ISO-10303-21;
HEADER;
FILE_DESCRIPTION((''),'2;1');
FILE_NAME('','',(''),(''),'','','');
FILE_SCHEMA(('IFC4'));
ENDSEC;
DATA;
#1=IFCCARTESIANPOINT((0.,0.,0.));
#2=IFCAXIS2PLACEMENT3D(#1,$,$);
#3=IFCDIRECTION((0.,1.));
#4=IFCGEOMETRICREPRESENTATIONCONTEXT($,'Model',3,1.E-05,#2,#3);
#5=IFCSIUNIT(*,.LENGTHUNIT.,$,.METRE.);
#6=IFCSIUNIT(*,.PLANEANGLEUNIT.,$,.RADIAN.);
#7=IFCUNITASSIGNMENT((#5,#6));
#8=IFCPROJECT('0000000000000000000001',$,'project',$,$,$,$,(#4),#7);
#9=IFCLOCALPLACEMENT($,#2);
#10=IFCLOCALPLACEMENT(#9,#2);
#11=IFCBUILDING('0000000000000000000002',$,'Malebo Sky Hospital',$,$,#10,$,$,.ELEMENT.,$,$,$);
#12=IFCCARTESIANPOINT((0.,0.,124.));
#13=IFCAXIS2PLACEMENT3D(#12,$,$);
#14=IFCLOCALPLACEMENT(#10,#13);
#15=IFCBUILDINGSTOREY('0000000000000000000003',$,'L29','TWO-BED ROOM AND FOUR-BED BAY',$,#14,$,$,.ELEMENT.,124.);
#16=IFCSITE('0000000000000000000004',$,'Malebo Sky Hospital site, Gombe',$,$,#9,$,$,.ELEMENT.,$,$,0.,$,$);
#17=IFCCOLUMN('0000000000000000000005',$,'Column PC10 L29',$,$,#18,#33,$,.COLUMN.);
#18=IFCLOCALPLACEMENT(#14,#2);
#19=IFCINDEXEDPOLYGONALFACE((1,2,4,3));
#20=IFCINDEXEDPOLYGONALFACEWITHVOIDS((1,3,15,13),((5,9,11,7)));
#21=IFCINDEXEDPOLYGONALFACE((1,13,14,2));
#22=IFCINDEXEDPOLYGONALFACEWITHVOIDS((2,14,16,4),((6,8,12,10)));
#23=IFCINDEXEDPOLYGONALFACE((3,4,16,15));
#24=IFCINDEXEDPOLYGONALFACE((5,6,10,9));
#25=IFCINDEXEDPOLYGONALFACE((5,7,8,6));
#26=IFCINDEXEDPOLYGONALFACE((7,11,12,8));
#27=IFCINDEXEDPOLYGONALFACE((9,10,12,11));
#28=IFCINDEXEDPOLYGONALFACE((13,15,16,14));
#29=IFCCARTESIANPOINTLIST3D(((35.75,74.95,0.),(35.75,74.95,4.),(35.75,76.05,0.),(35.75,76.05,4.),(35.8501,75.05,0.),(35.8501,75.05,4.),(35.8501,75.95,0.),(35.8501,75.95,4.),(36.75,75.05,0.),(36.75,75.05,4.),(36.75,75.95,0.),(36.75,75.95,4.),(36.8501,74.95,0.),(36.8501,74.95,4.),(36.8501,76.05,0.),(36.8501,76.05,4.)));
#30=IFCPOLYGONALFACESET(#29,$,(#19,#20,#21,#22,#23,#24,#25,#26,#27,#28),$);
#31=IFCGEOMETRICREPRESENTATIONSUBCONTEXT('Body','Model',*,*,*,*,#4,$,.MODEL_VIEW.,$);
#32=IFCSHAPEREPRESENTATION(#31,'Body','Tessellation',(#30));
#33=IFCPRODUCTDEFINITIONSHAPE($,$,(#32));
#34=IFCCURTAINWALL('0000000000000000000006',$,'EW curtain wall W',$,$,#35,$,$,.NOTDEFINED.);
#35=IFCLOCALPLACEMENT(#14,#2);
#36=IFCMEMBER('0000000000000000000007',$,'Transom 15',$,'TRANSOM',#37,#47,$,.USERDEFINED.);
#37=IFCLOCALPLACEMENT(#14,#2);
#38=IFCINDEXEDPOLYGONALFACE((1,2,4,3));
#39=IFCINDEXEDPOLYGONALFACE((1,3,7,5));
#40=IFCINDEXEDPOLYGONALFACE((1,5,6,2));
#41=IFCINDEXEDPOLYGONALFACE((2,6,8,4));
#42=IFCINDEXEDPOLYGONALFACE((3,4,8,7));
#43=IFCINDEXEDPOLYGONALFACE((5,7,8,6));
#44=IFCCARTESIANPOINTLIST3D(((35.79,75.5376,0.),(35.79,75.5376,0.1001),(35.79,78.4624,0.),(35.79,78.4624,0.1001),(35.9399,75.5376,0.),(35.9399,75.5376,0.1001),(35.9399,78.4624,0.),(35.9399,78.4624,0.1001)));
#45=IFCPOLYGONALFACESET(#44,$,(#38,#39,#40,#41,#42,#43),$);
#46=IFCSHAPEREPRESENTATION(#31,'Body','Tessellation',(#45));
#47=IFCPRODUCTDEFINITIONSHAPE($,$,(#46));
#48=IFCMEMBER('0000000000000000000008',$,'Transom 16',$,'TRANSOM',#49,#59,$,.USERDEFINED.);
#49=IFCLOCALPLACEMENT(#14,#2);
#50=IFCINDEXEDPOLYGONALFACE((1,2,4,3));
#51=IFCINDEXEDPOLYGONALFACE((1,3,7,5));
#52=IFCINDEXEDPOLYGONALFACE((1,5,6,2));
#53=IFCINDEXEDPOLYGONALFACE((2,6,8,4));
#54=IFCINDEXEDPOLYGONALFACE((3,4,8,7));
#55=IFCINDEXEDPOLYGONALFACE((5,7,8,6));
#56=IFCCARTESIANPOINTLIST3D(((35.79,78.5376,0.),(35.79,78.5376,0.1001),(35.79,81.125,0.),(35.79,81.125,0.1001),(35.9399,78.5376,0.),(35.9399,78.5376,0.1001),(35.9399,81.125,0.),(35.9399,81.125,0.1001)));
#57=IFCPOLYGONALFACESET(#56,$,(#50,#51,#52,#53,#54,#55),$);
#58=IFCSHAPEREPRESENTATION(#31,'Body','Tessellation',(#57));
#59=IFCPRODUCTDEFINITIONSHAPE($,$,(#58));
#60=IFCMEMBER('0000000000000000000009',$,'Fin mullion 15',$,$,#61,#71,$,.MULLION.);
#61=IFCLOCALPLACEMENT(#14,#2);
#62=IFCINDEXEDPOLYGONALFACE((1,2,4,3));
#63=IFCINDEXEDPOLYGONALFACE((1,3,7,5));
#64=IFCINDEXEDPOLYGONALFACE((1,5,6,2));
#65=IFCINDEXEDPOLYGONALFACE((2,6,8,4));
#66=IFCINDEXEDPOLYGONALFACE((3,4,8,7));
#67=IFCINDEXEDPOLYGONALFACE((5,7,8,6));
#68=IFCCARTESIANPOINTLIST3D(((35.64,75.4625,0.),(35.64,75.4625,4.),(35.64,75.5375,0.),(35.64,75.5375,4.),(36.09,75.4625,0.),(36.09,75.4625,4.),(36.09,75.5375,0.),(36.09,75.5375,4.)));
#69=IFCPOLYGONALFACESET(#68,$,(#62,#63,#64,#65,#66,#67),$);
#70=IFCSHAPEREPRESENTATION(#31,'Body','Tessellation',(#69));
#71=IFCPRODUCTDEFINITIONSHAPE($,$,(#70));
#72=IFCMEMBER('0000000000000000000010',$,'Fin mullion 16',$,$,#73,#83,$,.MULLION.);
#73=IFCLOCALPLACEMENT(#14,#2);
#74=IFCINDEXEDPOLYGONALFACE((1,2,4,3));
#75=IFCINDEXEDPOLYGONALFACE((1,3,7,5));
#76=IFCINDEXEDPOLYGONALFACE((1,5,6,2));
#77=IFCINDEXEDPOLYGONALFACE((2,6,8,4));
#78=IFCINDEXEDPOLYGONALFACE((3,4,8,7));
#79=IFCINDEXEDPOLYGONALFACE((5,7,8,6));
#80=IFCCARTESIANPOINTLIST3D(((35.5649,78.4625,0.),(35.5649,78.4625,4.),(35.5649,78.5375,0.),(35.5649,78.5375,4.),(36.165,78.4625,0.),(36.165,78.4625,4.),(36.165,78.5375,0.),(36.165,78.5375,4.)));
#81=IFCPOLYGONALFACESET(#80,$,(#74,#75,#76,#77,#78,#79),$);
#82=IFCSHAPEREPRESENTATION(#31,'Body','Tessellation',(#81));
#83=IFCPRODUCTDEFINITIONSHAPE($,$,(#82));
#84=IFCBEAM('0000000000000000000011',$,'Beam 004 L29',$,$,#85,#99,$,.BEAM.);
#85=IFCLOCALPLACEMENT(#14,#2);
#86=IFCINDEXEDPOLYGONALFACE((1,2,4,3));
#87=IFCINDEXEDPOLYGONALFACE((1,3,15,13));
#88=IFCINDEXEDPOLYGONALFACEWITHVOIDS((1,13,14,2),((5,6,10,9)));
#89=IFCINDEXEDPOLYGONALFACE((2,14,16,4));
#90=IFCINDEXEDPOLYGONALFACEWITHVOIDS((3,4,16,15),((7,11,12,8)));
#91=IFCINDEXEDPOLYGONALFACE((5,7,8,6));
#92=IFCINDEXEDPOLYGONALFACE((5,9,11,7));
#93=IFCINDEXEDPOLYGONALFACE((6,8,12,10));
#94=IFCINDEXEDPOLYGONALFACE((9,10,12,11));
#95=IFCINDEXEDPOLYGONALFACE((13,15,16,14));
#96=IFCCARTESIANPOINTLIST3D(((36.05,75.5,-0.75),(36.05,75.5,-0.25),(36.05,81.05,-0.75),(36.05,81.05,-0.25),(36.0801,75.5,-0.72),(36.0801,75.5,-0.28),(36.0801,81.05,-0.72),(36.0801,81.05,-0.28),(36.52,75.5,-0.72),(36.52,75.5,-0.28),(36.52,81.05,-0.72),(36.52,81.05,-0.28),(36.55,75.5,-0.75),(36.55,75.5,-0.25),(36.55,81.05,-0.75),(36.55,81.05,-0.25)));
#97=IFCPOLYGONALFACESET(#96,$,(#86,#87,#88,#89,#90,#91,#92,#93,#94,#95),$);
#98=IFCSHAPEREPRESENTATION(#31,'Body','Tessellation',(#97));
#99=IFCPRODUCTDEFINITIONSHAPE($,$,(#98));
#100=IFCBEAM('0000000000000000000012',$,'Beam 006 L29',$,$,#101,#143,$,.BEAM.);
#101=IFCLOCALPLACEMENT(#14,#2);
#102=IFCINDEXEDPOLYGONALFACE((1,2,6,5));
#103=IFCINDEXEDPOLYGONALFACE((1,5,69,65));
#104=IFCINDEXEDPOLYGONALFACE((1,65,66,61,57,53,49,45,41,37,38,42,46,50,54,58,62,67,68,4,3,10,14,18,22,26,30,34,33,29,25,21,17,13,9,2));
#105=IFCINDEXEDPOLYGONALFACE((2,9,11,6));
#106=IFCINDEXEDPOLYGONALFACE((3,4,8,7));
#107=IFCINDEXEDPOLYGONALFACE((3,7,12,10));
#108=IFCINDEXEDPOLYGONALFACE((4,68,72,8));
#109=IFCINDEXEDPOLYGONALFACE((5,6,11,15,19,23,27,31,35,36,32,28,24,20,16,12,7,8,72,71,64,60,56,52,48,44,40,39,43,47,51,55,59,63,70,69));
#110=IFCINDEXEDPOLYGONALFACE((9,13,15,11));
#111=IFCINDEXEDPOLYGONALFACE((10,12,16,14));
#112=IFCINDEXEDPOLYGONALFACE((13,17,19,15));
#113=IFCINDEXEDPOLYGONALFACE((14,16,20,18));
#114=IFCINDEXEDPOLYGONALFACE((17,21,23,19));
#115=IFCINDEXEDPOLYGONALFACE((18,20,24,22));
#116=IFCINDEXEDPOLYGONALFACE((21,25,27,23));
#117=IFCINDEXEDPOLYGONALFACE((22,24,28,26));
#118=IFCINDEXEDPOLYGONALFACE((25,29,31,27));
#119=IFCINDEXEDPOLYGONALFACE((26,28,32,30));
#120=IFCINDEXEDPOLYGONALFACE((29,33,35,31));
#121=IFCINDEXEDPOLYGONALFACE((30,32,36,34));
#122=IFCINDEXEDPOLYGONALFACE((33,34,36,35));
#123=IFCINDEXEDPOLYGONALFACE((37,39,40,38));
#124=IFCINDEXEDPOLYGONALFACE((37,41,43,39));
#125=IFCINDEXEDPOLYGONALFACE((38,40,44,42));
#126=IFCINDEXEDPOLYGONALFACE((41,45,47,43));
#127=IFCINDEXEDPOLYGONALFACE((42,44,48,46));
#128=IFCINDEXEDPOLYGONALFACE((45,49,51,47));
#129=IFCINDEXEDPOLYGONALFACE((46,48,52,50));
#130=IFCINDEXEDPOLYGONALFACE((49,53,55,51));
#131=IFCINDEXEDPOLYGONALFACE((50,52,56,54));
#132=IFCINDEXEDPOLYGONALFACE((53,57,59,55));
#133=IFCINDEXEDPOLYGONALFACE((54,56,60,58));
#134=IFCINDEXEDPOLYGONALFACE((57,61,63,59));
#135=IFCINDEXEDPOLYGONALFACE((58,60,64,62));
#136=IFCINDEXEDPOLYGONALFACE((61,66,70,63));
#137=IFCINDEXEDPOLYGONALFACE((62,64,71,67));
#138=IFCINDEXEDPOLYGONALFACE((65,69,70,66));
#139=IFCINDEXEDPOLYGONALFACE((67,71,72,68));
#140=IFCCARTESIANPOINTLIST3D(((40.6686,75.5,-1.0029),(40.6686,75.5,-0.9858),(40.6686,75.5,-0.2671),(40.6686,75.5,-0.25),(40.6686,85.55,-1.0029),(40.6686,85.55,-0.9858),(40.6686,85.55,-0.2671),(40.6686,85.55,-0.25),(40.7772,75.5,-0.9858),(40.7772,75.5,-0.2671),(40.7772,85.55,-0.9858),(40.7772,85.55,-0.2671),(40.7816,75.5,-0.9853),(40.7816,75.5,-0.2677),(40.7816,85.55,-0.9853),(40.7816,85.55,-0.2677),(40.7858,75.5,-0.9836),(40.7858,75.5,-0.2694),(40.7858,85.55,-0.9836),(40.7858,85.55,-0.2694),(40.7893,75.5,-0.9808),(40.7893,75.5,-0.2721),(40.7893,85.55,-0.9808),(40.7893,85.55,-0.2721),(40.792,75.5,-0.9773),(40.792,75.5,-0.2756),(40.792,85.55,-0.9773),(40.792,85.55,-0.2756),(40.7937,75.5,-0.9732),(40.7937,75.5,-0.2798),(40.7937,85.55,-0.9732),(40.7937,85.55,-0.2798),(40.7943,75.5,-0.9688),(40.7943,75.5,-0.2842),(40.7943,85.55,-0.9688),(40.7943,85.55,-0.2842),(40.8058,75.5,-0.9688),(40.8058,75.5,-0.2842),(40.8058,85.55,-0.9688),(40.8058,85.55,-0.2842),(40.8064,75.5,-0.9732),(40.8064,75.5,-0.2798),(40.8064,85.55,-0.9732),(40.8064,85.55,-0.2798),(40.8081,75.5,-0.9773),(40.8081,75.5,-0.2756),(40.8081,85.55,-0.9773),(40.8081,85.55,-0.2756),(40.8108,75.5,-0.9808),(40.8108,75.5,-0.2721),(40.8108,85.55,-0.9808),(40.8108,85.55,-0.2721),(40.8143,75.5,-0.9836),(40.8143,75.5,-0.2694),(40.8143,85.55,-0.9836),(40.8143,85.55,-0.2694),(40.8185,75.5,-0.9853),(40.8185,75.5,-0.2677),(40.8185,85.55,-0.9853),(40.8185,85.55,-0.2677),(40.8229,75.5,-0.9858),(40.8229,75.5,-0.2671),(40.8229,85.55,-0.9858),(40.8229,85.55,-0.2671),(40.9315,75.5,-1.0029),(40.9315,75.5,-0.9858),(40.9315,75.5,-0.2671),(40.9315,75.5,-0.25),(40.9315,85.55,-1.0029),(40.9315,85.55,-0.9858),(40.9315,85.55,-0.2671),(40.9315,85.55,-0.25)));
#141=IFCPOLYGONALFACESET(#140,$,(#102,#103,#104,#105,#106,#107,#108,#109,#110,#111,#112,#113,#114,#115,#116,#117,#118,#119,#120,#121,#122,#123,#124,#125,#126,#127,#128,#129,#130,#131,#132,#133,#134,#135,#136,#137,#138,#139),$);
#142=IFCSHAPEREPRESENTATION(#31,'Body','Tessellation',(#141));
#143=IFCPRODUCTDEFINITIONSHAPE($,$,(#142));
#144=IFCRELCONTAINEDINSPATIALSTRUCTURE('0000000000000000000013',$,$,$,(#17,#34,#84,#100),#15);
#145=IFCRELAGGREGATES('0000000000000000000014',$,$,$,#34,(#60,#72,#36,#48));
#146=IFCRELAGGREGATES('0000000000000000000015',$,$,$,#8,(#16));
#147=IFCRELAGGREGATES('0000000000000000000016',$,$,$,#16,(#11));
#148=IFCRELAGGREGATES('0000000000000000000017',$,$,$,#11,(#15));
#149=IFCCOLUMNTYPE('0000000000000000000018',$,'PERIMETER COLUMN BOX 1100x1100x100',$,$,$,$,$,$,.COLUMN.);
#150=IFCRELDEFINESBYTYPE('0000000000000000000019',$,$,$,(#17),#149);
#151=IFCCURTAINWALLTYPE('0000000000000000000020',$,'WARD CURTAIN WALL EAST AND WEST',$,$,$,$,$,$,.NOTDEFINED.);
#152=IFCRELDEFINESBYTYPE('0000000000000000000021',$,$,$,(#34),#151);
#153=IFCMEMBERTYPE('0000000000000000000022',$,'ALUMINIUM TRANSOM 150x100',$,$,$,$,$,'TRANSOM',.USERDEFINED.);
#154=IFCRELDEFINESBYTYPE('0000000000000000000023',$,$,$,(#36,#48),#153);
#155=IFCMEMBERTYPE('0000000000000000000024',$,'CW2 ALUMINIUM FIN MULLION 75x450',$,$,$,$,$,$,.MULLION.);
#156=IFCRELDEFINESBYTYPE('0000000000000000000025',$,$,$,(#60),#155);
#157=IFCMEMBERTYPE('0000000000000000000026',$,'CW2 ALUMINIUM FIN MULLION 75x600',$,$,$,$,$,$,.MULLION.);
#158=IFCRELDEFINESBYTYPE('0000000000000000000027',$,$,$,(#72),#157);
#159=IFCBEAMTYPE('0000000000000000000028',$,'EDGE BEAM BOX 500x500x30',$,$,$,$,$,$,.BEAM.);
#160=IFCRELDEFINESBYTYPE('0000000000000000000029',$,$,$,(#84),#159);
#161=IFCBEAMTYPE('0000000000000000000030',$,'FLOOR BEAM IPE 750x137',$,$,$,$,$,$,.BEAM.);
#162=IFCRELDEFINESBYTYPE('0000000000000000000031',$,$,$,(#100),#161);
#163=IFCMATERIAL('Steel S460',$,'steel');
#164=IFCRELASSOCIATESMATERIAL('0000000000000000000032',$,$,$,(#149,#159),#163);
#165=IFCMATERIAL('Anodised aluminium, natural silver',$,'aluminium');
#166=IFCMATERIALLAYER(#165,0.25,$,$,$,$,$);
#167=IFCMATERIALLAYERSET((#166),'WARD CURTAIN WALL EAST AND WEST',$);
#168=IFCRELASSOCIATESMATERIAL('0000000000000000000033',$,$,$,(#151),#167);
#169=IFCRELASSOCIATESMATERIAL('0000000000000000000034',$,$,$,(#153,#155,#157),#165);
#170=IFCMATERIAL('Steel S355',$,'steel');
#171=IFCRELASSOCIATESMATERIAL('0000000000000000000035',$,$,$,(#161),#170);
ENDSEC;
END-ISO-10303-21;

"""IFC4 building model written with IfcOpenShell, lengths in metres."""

from ifc_helpers import new_model, si_unit, direction, frame, origin, origin_2d, place, context, subcontext, project, spatial, rectangle, hollow_rectangle, i_section, extrude, material, layer, layer_set, material_profile, profile_set, type_object, element, aggregate, save


model = new_model("IFC4")

# Units and contexts
model_context = context("Model", 3, precision=1e-05, world=origin(), true_north=direction((0.0, 1.0)))
body_context = subcontext(model_context, "Body", "Model", "MODEL_VIEW")
ifc_project = project(units=[si_unit("LENGTHUNIT", "METRE"), si_unit("PLANEANGLEUNIT", "RADIAN")], contexts=[model_context])

# Site, building, storey
site_placement = place(None, origin())
site = spatial("IfcSite", under=ifc_project, at=site_placement, Name="Malebo Sky Hospital site, Gombe", CompositionType="ELEMENT", RefElevation=0.0)
building_placement = place(site_placement, origin())
building = spatial("IfcBuilding", under=site, at=building_placement, Name="Malebo Sky Hospital", CompositionType="ELEMENT")
storey_placement = place(building_placement, frame((0.0, 0.0, 124.0)))
storey = spatial("IfcBuildingStorey", under=building, at=storey_placement, Name="L29", Description="TWO-BED ROOM AND FOUR-BED BAY", CompositionType="ELEMENT", Elevation=124.0)

# Column
ifc_material_1 = material(Name="Steel S460", Category="steel")
ifc_material_profile_1 = material_profile(ifc_material_1, hollow_rectangle(XDim=1.1001, YDim=1.1001, WallThickness=0.1001, at=origin_2d()), Name="BOX 1100x1100x100")
ifc_profile_set_1 = profile_set([ifc_material_profile_1], Name="Steel S460")
column_type = type_object("IfcColumnType", Name="PERIMETER COLUMN BOX 1100x1100x100", PredefinedType="COLUMN", material=ifc_profile_set_1)
column_placement = place(storey_placement, frame((36.3, 75.5, 0.0), z_axis=(0.0, 0.0, 1.0), x_axis=(1.0, 0.0, 0.0)))
element("IfcColumn", 1, at=column_placement, inside=storey, type_object=column_type, Name="Column PC10 L29", PredefinedType="COLUMN", context=body_context, shape_type="SweptSolid", body=[
    extrude(hollow_rectangle(XDim=1.1001, YDim=1.1001, WallThickness=0.1001, at=origin_2d()), origin(), (0.0, 0.0, 1.0), 4.0),
])

# Curtain wall, members
ifc_material_2 = material(Name="Anodised aluminium, natural silver", Category="aluminium")
ifc_layer_1 = layer(ifc_material_2, 0.25)
ifc_layer_set_1 = layer_set([ifc_layer_1], Name="WARD CURTAIN WALL EAST AND WEST")
curtain_wall_type = type_object("IfcCurtainWallType", Name="WARD CURTAIN WALL EAST AND WEST", PredefinedType="NOTDEFINED", material=ifc_layer_set_1)
curtain_wall_placement = place(storey_placement, origin())
curtain_wall = element("IfcCurtainWall", 2, at=curtain_wall_placement, inside=storey, type_object=curtain_wall_type, Name="EW curtain wall W", PredefinedType="NOTDEFINED")
ifc_material_profile_2 = material_profile(ifc_material_2, rectangle(XDim=0.1499, YDim=0.1001, at=origin_2d()), Name="ALUMINIUM TRANSOM 150x100")
ifc_profile_set_2 = profile_set([ifc_material_profile_2], Name="Anodised aluminium, natural silver")
member_type_1 = type_object("IfcMemberType", Name="ALUMINIUM TRANSOM 150x100", ElementType="TRANSOM", PredefinedType="USERDEFINED", material=ifc_profile_set_2)
member_1_placement = place(storey_placement, frame((35.865, 75.5376, 0.05), z_axis=(0.0, 1.0, 0.0), x_axis=(-1.0, 0.0, 0.0)))
member_1 = element("IfcMember", 3, at=member_1_placement, type_object=member_type_1, Name="Transom 15", ObjectType="TRANSOM", PredefinedType="USERDEFINED", context=body_context, shape_type="SweptSolid", body=[
    extrude(rectangle(XDim=0.1499, YDim=0.1001, at=origin_2d()), origin(), (0.0, 0.0, 1.0), 2.9248),
])
member_2_placement = place(storey_placement, frame((35.865, 78.5376, 0.05), z_axis=(0.0, 1.0, 0.0), x_axis=(-1.0, 0.0, 0.0)))
member_2 = element("IfcMember", 4, at=member_2_placement, type_object=member_type_1, Name="Transom 16", ObjectType="TRANSOM", PredefinedType="USERDEFINED", context=body_context, shape_type="SweptSolid", body=[
    extrude(rectangle(XDim=0.1499, YDim=0.1001, at=origin_2d()), origin(), (0.0, 0.0, 1.0), 2.5874),
])
ifc_material_profile_3 = material_profile(ifc_material_2, rectangle(XDim=0.075, YDim=0.45, at=origin_2d()), Name="CW2 ALUMINIUM FIN MULLION 75x450")
ifc_profile_set_3 = profile_set([ifc_material_profile_3], Name="Anodised aluminium, natural silver")
member_type_2 = type_object("IfcMemberType", Name="CW2 ALUMINIUM FIN MULLION 75x450", PredefinedType="MULLION", material=ifc_profile_set_3)
member_3_placement = place(storey_placement, frame((35.865, 75.5, 0.0), z_axis=(0.0, 0.0, 1.0), x_axis=(0.0, 1.0, 0.0)))
member_3 = element("IfcMember", 5, at=member_3_placement, type_object=member_type_2, Name="Fin mullion 15", PredefinedType="MULLION", context=body_context, shape_type="SweptSolid", body=[
    extrude(rectangle(XDim=0.075, YDim=0.45, at=origin_2d()), origin(), (0.0, 0.0, 1.0), 4.0),
])
ifc_material_profile_4 = material_profile(ifc_material_2, rectangle(XDim=0.075, YDim=0.6001, at=origin_2d()), Name="CW2 ALUMINIUM FIN MULLION 75x600")
ifc_profile_set_4 = profile_set([ifc_material_profile_4], Name="Anodised aluminium, natural silver")
member_type_3 = type_object("IfcMemberType", Name="CW2 ALUMINIUM FIN MULLION 75x600", PredefinedType="MULLION", material=ifc_profile_set_4)
member_4_placement = place(storey_placement, frame((35.865, 78.5, 0.0), z_axis=(0.0, 0.0, 1.0), x_axis=(0.0, 1.0, 0.0)))
member_4 = element("IfcMember", 6, at=member_4_placement, type_object=member_type_3, Name="Fin mullion 16", PredefinedType="MULLION", context=body_context, shape_type="SweptSolid", body=[
    extrude(rectangle(XDim=0.075, YDim=0.6001, at=origin_2d()), origin(), (0.0, 0.0, 1.0), 4.0),
])

# Beams
ifc_material_profile_5 = material_profile(ifc_material_1, hollow_rectangle(XDim=0.5, YDim=0.5, WallThickness=0.03, at=origin_2d()), Name="BOX 500x500x30")
ifc_profile_set_5 = profile_set([ifc_material_profile_5], Name="Steel S460")
beam_type_1 = type_object("IfcBeamType", Name="EDGE BEAM BOX 500x500x30", PredefinedType="BEAM", material=ifc_profile_set_5)
beam_1_placement = place(storey_placement, frame((36.3, 75.5, -0.5), z_axis=(0.0, 1.0, 0.0), x_axis=(-1.0, 0.0, 0.0)))
element("IfcBeam", 7, at=beam_1_placement, inside=storey, type_object=beam_type_1, Name="Beam 004 L29", PredefinedType="BEAM", context=body_context, shape_type="SweptSolid", body=[
    extrude(hollow_rectangle(XDim=0.5, YDim=0.5, WallThickness=0.03, at=origin_2d()), origin(), (0.0, 0.0, 1.0), 5.55),
])
ifc_material_3 = material(Name="Steel S355", Category="steel")
ifc_material_profile_6 = material_profile(ifc_material_3, i_section(OverallWidth=0.2629, OverallDepth=0.7529, WebThickness=0.0115, FlangeThickness=0.0171, FilletRadius=0.0171, at=origin_2d()), Name="IPE 750x137")
ifc_profile_set_6 = profile_set([ifc_material_profile_6], Name="Steel S355")
beam_type_2 = type_object("IfcBeamType", Name="FLOOR BEAM IPE 750x137", PredefinedType="BEAM", material=ifc_profile_set_6)
beam_2_placement = place(storey_placement, frame((40.8, 75.5, -0.6265), z_axis=(0.0, 1.0, 0.0), x_axis=(-1.0, 0.0, 0.0)))
element("IfcBeam", 8, at=beam_2_placement, inside=storey, type_object=beam_type_2, Name="Beam 006 L29", PredefinedType="BEAM", context=body_context, shape_type="SweptSolid", body=[
    extrude(i_section(OverallWidth=0.2629, OverallDepth=0.7529, WebThickness=0.0115, FlangeThickness=0.0171, FilletRadius=0.0171, at=origin_2d()), origin(), (0.0, 0.0, 1.0), 10.05),
])

aggregate(curtain_wall, [member_3, member_4, member_1, member_2])

save(model, "model.ifc")
